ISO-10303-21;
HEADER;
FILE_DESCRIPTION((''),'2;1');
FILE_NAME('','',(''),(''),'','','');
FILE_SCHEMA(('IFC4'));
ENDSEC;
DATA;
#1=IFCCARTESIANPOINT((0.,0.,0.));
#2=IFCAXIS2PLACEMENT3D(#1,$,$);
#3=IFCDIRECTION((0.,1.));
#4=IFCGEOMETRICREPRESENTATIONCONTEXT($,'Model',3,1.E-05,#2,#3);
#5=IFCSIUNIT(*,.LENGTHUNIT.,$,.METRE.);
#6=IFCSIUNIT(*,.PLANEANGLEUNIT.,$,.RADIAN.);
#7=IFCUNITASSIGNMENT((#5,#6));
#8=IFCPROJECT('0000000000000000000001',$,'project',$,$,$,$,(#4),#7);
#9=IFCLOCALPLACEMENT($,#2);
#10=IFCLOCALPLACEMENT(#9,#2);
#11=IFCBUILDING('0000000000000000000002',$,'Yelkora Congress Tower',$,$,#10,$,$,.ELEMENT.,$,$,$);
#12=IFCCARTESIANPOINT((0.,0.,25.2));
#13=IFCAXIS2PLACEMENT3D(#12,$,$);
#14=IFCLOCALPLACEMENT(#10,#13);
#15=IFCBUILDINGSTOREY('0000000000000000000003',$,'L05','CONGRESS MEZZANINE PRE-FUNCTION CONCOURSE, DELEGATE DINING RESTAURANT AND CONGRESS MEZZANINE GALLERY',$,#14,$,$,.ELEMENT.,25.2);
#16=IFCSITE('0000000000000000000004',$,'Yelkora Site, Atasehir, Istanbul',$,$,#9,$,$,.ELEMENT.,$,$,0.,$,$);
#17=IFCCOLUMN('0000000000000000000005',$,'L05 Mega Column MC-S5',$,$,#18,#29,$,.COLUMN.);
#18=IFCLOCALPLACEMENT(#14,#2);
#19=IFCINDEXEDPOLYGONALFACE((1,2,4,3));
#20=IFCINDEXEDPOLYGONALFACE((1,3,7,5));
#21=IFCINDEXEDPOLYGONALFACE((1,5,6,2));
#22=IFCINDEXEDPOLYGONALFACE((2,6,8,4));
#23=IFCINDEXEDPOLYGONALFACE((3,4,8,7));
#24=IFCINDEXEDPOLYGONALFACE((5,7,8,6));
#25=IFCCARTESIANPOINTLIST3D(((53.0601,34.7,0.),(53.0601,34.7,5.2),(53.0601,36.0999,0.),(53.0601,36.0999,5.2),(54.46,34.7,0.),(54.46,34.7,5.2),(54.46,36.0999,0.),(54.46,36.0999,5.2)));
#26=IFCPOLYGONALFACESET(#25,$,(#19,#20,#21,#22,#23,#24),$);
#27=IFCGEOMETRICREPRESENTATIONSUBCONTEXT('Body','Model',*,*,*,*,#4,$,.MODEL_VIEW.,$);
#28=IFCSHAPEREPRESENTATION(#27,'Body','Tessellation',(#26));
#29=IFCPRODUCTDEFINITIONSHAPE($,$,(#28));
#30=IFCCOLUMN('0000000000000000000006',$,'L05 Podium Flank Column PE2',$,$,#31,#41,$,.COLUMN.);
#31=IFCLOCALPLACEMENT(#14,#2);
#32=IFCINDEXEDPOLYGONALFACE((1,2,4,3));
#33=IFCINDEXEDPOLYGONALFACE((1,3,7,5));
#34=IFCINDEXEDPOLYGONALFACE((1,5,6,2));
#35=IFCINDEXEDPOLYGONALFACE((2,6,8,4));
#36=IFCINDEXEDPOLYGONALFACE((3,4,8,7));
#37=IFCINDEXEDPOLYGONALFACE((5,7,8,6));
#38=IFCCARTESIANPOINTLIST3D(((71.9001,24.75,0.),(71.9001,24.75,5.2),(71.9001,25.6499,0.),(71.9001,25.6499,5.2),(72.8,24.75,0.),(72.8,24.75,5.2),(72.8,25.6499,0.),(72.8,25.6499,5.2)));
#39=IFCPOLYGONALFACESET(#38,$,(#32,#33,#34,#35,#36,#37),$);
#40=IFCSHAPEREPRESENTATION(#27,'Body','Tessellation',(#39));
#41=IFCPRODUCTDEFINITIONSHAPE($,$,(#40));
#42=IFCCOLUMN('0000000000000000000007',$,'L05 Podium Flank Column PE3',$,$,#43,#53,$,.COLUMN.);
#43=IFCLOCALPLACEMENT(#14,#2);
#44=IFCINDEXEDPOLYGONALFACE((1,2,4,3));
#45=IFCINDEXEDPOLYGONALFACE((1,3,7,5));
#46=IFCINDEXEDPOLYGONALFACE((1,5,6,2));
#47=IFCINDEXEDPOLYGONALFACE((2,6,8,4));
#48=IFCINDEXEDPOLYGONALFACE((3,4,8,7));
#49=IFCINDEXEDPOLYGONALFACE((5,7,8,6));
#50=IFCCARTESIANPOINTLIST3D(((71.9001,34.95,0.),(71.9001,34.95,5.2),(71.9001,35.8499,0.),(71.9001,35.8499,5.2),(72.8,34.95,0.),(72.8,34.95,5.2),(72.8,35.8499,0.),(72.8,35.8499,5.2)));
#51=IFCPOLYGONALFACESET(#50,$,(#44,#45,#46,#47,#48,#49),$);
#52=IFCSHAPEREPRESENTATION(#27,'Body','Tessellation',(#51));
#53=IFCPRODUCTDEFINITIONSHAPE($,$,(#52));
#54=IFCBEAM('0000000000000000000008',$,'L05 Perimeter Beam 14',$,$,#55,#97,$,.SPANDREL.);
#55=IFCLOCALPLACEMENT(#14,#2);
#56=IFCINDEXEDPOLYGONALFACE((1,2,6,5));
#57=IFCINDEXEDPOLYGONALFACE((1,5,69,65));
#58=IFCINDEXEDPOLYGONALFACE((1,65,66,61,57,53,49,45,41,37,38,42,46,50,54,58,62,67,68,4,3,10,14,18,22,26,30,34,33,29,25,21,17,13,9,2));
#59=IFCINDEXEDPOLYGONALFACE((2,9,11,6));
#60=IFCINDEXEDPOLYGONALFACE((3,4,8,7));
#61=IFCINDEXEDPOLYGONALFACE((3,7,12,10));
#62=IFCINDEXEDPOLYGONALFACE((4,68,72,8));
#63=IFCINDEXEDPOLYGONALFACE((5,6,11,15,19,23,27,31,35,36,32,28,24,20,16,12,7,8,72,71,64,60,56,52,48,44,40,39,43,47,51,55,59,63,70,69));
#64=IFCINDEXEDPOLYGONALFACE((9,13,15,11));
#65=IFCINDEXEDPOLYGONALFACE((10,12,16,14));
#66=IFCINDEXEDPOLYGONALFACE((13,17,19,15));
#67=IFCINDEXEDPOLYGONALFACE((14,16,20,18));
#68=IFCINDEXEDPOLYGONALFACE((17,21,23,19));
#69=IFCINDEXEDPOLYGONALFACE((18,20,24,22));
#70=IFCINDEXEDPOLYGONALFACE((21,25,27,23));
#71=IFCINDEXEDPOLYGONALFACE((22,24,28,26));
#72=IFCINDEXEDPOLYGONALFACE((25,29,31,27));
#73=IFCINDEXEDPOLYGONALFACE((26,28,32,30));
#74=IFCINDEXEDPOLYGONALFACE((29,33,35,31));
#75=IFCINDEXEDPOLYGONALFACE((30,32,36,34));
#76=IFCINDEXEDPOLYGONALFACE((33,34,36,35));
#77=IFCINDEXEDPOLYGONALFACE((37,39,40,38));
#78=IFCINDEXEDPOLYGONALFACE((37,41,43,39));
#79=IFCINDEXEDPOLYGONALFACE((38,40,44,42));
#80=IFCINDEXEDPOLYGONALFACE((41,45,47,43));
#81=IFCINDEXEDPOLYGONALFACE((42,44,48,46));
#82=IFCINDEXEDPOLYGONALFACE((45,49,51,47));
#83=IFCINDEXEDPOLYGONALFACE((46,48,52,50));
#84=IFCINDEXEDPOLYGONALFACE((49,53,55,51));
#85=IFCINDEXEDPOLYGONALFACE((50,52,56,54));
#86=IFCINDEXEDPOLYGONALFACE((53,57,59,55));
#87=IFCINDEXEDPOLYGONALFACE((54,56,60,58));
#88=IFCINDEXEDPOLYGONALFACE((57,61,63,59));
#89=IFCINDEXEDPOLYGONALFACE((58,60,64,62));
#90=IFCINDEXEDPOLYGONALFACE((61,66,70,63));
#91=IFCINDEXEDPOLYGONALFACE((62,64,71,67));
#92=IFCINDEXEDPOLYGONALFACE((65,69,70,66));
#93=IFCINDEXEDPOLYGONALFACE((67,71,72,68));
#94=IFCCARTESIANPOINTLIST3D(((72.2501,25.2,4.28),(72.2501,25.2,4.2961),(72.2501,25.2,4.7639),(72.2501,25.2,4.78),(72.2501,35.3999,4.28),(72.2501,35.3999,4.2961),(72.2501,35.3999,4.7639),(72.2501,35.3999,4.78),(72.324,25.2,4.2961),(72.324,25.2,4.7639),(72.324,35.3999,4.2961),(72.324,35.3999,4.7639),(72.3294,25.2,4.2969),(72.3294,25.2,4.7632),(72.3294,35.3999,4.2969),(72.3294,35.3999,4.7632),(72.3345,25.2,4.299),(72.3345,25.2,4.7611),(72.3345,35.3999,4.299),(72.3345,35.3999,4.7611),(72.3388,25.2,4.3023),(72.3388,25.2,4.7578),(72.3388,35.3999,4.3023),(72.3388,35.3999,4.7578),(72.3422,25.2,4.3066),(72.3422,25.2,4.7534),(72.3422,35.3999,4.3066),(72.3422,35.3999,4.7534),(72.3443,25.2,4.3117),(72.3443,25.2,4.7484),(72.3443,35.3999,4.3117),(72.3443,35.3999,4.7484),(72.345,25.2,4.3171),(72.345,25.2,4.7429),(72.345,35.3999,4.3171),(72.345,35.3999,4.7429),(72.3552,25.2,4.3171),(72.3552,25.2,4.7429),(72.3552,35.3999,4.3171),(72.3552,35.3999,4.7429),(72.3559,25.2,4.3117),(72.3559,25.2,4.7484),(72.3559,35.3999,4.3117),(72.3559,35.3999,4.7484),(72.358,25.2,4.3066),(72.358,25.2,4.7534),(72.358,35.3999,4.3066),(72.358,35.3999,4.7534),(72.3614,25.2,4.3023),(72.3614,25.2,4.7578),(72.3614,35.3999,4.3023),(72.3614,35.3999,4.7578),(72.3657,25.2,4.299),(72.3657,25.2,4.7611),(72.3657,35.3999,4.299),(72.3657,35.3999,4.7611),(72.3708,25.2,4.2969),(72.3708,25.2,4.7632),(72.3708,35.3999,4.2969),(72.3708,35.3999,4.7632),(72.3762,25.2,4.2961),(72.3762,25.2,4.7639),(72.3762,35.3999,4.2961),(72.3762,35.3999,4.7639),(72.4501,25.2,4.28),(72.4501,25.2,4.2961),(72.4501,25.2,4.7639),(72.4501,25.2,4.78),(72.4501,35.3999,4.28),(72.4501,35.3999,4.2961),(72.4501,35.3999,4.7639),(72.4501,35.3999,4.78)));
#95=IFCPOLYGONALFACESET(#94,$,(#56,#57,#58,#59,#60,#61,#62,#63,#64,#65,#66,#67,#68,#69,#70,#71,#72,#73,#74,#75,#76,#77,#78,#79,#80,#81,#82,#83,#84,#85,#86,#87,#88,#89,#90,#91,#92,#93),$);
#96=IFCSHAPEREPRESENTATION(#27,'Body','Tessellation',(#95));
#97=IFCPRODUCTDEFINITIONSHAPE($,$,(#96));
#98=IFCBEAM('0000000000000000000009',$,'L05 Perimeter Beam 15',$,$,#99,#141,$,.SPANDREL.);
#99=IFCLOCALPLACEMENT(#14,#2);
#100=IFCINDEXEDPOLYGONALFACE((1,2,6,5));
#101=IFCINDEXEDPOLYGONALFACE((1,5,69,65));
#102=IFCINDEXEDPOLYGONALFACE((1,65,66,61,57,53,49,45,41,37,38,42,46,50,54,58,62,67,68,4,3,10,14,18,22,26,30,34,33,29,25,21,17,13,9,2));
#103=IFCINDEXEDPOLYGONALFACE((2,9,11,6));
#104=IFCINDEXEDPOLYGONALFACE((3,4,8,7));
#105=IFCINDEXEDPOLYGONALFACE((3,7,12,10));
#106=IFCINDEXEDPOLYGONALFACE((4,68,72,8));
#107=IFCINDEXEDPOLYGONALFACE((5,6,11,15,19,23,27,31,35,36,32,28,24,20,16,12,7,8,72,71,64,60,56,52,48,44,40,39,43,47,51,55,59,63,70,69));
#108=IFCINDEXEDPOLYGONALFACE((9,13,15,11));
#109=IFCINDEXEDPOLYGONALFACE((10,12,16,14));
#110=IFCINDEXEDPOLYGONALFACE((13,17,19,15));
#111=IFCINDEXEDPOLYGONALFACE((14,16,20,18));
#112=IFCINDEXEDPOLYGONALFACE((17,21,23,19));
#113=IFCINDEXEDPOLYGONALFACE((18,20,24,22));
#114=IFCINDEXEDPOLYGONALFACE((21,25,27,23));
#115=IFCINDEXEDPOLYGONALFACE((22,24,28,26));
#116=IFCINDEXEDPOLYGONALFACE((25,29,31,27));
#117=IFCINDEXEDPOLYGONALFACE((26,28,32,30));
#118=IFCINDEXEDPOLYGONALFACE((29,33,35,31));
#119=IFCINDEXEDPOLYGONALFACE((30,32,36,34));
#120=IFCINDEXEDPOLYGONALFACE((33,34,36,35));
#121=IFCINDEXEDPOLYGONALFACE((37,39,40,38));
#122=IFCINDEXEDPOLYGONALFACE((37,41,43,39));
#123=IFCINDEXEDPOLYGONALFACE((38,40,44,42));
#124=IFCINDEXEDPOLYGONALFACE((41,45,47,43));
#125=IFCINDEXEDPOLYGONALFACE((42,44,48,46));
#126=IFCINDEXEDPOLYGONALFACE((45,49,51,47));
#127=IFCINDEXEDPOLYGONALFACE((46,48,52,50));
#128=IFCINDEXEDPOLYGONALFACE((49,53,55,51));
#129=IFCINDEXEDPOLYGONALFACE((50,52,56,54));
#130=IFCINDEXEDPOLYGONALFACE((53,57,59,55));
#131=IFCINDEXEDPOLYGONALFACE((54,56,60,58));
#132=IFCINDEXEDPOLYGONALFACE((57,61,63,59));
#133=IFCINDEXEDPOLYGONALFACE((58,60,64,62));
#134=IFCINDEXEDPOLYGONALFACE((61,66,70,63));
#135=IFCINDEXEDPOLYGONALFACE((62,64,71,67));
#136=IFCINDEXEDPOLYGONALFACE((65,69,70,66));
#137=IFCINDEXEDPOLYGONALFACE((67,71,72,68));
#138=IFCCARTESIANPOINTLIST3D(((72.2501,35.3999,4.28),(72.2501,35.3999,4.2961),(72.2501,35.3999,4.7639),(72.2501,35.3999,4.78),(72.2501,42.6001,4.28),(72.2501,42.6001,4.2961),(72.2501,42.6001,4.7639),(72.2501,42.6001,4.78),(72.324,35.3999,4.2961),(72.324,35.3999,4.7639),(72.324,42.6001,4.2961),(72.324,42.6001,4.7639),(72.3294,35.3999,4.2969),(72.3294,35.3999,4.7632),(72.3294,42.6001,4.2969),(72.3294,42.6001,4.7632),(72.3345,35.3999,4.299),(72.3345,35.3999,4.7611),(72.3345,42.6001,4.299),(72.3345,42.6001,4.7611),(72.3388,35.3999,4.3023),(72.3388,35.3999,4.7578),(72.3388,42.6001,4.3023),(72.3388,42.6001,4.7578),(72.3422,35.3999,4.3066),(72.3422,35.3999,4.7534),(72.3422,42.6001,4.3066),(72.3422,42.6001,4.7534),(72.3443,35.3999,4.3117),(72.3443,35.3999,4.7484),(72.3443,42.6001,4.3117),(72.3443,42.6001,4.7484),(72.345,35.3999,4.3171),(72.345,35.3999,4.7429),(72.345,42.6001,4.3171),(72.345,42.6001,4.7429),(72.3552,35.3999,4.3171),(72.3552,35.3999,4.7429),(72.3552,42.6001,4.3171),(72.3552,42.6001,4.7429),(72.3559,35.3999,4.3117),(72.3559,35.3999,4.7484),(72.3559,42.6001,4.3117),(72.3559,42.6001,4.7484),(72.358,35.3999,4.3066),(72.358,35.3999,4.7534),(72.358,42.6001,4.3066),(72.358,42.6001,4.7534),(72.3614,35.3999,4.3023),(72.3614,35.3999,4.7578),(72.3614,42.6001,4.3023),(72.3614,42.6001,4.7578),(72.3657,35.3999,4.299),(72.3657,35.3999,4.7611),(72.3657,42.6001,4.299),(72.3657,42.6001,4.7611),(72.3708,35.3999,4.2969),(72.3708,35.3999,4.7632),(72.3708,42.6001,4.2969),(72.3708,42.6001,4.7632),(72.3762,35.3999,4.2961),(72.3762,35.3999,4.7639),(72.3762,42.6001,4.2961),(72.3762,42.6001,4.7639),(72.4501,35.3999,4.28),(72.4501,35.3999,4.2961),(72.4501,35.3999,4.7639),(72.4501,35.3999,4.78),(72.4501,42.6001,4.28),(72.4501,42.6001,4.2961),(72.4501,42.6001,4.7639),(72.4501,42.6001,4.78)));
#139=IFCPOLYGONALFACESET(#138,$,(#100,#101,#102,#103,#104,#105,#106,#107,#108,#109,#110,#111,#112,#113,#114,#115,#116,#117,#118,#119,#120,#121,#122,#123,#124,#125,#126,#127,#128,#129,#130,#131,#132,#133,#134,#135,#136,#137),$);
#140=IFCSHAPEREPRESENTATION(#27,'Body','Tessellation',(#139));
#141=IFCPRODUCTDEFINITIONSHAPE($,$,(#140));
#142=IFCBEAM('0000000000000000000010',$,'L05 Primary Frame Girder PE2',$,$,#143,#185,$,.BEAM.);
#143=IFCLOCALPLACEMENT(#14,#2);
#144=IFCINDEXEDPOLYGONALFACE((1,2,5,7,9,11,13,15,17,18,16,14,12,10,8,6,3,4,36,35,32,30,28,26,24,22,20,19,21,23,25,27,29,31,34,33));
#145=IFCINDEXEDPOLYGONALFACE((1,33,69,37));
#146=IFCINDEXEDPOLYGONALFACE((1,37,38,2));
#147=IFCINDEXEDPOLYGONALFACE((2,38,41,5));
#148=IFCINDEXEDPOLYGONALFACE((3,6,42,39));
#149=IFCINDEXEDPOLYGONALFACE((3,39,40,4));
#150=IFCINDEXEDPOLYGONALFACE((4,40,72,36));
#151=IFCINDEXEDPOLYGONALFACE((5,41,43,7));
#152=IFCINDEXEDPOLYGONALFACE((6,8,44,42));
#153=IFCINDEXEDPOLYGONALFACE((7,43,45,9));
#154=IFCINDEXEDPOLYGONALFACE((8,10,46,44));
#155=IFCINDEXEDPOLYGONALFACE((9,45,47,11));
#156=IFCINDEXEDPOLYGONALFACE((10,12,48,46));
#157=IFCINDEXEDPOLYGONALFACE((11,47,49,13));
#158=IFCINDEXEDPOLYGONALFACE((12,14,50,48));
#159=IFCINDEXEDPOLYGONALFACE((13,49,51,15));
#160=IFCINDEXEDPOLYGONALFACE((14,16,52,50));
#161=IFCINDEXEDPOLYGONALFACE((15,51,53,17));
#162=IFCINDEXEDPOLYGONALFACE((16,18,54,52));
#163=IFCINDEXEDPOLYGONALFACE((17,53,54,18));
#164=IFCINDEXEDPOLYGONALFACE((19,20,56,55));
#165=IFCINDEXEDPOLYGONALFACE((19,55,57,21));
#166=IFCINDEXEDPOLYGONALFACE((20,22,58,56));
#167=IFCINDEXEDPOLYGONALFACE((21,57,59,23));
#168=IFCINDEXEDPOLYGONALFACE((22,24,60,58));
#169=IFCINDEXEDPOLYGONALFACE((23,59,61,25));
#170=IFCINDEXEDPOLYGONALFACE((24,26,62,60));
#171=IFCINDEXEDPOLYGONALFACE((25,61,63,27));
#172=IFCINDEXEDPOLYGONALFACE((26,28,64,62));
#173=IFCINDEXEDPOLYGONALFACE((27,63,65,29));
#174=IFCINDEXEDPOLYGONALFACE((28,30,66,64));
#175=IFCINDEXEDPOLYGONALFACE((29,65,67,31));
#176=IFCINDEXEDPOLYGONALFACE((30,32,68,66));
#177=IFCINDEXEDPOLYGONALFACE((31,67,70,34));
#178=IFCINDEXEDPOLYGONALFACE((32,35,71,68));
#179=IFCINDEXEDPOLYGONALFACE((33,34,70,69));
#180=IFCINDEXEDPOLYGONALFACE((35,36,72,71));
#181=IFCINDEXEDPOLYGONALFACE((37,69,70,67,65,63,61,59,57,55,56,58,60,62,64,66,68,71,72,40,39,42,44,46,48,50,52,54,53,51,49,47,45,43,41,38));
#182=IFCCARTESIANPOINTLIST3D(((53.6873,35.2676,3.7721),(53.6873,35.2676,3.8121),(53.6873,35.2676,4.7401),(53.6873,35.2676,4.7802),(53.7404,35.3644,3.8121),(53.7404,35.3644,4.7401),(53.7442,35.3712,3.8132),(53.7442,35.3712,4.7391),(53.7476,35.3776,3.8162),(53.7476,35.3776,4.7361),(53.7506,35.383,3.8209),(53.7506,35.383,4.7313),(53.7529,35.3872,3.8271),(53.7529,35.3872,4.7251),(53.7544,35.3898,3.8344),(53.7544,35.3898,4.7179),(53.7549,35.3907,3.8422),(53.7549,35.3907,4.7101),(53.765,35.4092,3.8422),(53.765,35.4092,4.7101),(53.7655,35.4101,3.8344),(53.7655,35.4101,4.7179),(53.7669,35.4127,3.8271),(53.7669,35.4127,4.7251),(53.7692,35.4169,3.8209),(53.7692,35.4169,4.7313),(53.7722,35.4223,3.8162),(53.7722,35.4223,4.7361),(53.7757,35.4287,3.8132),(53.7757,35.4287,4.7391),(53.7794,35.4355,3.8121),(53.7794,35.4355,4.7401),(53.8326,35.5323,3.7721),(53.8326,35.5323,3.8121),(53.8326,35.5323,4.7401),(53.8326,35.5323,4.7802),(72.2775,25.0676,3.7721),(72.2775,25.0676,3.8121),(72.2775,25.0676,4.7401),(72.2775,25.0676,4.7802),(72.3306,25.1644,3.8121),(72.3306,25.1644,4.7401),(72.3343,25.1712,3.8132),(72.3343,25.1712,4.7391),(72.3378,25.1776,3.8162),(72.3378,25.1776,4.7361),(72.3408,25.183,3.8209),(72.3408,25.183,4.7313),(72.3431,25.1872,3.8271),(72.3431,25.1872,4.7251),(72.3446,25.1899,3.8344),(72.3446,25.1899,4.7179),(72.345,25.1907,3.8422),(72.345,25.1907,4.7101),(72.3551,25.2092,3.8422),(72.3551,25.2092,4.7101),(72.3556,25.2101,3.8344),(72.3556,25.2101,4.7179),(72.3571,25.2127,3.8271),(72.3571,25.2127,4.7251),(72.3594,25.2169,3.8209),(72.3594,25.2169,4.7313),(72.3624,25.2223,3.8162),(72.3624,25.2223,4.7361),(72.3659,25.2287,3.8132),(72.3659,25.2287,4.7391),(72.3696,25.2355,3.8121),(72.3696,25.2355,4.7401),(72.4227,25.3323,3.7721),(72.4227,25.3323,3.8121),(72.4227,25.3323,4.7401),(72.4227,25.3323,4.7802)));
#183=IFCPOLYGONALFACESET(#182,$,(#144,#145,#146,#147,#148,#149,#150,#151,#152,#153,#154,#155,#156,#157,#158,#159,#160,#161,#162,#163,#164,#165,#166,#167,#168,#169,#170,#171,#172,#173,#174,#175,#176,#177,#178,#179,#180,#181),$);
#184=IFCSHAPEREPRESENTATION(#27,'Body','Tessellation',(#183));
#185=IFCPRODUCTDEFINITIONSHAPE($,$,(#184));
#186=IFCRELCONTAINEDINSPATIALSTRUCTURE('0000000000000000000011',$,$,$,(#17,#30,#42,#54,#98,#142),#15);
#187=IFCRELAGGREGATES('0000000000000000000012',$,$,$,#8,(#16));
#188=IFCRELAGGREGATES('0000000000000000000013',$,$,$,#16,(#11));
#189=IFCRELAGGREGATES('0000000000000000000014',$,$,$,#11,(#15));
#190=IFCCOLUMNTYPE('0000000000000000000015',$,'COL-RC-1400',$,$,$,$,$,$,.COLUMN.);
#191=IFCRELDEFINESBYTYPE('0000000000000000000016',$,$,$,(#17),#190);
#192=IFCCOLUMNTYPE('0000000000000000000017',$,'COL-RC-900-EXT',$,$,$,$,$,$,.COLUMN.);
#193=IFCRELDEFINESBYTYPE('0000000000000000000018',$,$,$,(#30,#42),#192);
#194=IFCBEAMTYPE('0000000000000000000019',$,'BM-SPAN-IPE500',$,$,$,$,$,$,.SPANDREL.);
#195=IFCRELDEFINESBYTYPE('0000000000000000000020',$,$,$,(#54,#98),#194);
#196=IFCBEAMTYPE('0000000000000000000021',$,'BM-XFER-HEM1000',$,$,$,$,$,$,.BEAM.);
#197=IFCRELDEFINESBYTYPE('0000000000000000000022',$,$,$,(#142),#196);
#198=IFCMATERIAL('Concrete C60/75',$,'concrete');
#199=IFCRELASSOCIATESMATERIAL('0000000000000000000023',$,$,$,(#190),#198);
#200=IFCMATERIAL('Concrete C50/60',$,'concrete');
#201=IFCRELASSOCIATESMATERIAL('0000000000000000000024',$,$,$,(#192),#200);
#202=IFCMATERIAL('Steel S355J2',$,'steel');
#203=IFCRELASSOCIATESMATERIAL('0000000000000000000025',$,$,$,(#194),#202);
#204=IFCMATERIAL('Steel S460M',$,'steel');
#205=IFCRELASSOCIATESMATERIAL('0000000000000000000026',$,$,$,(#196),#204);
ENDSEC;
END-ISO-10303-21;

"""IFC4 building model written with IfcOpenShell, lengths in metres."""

from ifc_helpers import new_model, si_unit, direction, frame, origin, origin_2d, place, context, subcontext, project, spatial, rectangle, i_section, extrude, material, material_profile, profile_set, type_object, element, save


model = new_model("IFC4")

# Units and contexts
model_context = context("Model", 3, precision=1e-05, world=origin(), true_north=direction((0.0, 1.0)))
body_context = subcontext(model_context, "Body", "Model", "MODEL_VIEW")
ifc_project = project(units=[si_unit("LENGTHUNIT", "METRE"), si_unit("PLANEANGLEUNIT", "RADIAN")], contexts=[model_context])

# Site, building, storey
site_placement = place(None, origin())
site = spatial("IfcSite", under=ifc_project, at=site_placement, Name="Yelkora Site, Atasehir, Istanbul", CompositionType="ELEMENT", RefElevation=0.0)
building_placement = place(site_placement, origin())
building = spatial("IfcBuilding", under=site, at=building_placement, Name="Yelkora Congress Tower", CompositionType="ELEMENT")
storey_placement = place(building_placement, frame((0.0, 0.0, 25.2)))
storey = spatial("IfcBuildingStorey", under=building, at=storey_placement, Name="L05", Description="CONGRESS MEZZANINE PRE-FUNCTION CONCOURSE, DELEGATE DINING RESTAURANT AND CONGRESS MEZZANINE GALLERY", CompositionType="ELEMENT", Elevation=25.2)

# Columns
ifc_material_1 = material(Name="Concrete C60/75", Category="concrete")
ifc_material_profile_1 = material_profile(ifc_material_1, rectangle(XDim=1.3999, YDim=1.3999, at=origin_2d()), Name="RC 1400x1400")
ifc_profile_set_1 = profile_set([ifc_material_profile_1], Name="Concrete C60/75")
column_type_1 = type_object("IfcColumnType", Name="COL-RC-1400", PredefinedType="COLUMN", material=ifc_profile_set_1)
column_placement = place(storey_placement, frame((53.76, 35.3999, 0.0), z_axis=(0.0, 0.0, 1.0), x_axis=(1.0, 0.0, 0.0)))
element("IfcColumn", 1, at=column_placement, inside=storey, type_object=column_type_1, Name="L05 Mega Column MC-S5", PredefinedType="COLUMN", context=body_context, shape_type="SweptSolid", body=[
    extrude(rectangle(XDim=1.3999, YDim=1.3999, at=origin_2d()), origin(), (0.0, 0.0, 1.0), 5.2),
])
ifc_material_2 = material(Name="Concrete C50/60", Category="concrete")
ifc_material_profile_2 = material_profile(ifc_material_2, rectangle(XDim=0.8999, YDim=0.8999, at=origin_2d()), Name="RC 900x900")
ifc_profile_set_2 = profile_set([ifc_material_profile_2], Name="Concrete C50/60")
column_type_2 = type_object("IfcColumnType", Name="COL-RC-900-EXT", PredefinedType="COLUMN", material=ifc_profile_set_2)
for number, where, z_axis, x_axis, name in (
    (2, (72.3501, 25.2, 0.0), (0.0, 0.0, 1.0), (1.0, 0.0, 0.0), "L05 Podium Flank Column PE2"),
    (3, (72.3501, 35.3999, 0.0), (0.0, 0.0, 1.0), (1.0, 0.0, 0.0), "L05 Podium Flank Column PE3"),
):
    element("IfcColumn", number, at=place(storey_placement, frame(where, z_axis=z_axis, x_axis=x_axis)), inside=storey, type_object=column_type_2, Name=name, PredefinedType="COLUMN", context=body_context, shape_type="SweptSolid", body=[
        extrude(rectangle(XDim=0.8999, YDim=0.8999, at=origin_2d()), origin(), (0.0, 0.0, 1.0), 5.2),
    ])

# Beams
ifc_material_3 = material(Name="Steel S355J2", Category="steel")
ifc_material_profile_3 = material_profile(ifc_material_3, i_section(OverallWidth=0.2, OverallDepth=0.5, WebThickness=0.0103, FlangeThickness=0.0161, FilletRadius=0.021, at=origin_2d()), Name="IPE 500")
ifc_profile_set_3 = profile_set([ifc_material_profile_3], Name="Steel S355J2")
beam_type_1 = type_object("IfcBeamType", Name="BM-SPAN-IPE500", PredefinedType="SPANDREL", material=ifc_profile_set_3)
beam_1_placement = place(storey_placement, frame((72.3501, 25.2, 4.53), z_axis=(0.0, 1.0, 0.0), x_axis=(-1.0, 0.0, 0.0)))
element("IfcBeam", 4, at=beam_1_placement, inside=storey, type_object=beam_type_1, Name="L05 Perimeter Beam 14", PredefinedType="SPANDREL", context=body_context, shape_type="SweptSolid", body=[
    extrude(i_section(OverallWidth=0.2, OverallDepth=0.5, WebThickness=0.0103, FlangeThickness=0.0161, FilletRadius=0.021, at=origin_2d()), origin(), (0.0, 0.0, 1.0), 10.2),
])
beam_2_placement = place(storey_placement, frame((72.3501, 35.3999, 4.53), z_axis=(0.0, 1.0, 0.0), x_axis=(-1.0, 0.0, 0.0)))
element("IfcBeam", 5, at=beam_2_placement, inside=storey, type_object=beam_type_1, Name="L05 Perimeter Beam 15", PredefinedType="SPANDREL", context=body_context, shape_type="SweptSolid", body=[
    extrude(i_section(OverallWidth=0.2, OverallDepth=0.5, WebThickness=0.0103, FlangeThickness=0.0161, FilletRadius=0.021, at=origin_2d()), origin(), (0.0, 0.0, 1.0), 7.2002),
])
ifc_material_4 = material(Name="Steel S460M", Category="steel")
ifc_material_profile_4 = material_profile(ifc_material_4, i_section(OverallWidth=0.302, OverallDepth=1.0081, WebThickness=0.021, FlangeThickness=0.04, FilletRadius=0.03, at=origin_2d()), Name="HEM 1000")
ifc_profile_set_4 = profile_set([ifc_material_profile_4], Name="Steel S460M")
beam_type_2 = type_object("IfcBeamType", Name="BM-XFER-HEM1000", PredefinedType="BEAM", material=ifc_profile_set_4)
beam_3_placement = place(storey_placement, frame((72.3501, 25.2, 4.2761), z_axis=(-0.876705, 0.481028, 0.0), x_axis=(-0.481028, -0.876705, 0.0)))
element("IfcBeam", 6, at=beam_3_placement, inside=storey, type_object=beam_type_2, Name="L05 Primary Frame Girder PE2", PredefinedType="BEAM", context=body_context, shape_type="SweptSolid", body=[
    extrude(i_section(OverallWidth=0.302, OverallDepth=1.0081, WebThickness=0.021, FlangeThickness=0.04, FilletRadius=0.03, at=origin_2d()), origin(), (0.0, 0.0, 1.0), 21.2046),
])

save(model, "model.ifc")
